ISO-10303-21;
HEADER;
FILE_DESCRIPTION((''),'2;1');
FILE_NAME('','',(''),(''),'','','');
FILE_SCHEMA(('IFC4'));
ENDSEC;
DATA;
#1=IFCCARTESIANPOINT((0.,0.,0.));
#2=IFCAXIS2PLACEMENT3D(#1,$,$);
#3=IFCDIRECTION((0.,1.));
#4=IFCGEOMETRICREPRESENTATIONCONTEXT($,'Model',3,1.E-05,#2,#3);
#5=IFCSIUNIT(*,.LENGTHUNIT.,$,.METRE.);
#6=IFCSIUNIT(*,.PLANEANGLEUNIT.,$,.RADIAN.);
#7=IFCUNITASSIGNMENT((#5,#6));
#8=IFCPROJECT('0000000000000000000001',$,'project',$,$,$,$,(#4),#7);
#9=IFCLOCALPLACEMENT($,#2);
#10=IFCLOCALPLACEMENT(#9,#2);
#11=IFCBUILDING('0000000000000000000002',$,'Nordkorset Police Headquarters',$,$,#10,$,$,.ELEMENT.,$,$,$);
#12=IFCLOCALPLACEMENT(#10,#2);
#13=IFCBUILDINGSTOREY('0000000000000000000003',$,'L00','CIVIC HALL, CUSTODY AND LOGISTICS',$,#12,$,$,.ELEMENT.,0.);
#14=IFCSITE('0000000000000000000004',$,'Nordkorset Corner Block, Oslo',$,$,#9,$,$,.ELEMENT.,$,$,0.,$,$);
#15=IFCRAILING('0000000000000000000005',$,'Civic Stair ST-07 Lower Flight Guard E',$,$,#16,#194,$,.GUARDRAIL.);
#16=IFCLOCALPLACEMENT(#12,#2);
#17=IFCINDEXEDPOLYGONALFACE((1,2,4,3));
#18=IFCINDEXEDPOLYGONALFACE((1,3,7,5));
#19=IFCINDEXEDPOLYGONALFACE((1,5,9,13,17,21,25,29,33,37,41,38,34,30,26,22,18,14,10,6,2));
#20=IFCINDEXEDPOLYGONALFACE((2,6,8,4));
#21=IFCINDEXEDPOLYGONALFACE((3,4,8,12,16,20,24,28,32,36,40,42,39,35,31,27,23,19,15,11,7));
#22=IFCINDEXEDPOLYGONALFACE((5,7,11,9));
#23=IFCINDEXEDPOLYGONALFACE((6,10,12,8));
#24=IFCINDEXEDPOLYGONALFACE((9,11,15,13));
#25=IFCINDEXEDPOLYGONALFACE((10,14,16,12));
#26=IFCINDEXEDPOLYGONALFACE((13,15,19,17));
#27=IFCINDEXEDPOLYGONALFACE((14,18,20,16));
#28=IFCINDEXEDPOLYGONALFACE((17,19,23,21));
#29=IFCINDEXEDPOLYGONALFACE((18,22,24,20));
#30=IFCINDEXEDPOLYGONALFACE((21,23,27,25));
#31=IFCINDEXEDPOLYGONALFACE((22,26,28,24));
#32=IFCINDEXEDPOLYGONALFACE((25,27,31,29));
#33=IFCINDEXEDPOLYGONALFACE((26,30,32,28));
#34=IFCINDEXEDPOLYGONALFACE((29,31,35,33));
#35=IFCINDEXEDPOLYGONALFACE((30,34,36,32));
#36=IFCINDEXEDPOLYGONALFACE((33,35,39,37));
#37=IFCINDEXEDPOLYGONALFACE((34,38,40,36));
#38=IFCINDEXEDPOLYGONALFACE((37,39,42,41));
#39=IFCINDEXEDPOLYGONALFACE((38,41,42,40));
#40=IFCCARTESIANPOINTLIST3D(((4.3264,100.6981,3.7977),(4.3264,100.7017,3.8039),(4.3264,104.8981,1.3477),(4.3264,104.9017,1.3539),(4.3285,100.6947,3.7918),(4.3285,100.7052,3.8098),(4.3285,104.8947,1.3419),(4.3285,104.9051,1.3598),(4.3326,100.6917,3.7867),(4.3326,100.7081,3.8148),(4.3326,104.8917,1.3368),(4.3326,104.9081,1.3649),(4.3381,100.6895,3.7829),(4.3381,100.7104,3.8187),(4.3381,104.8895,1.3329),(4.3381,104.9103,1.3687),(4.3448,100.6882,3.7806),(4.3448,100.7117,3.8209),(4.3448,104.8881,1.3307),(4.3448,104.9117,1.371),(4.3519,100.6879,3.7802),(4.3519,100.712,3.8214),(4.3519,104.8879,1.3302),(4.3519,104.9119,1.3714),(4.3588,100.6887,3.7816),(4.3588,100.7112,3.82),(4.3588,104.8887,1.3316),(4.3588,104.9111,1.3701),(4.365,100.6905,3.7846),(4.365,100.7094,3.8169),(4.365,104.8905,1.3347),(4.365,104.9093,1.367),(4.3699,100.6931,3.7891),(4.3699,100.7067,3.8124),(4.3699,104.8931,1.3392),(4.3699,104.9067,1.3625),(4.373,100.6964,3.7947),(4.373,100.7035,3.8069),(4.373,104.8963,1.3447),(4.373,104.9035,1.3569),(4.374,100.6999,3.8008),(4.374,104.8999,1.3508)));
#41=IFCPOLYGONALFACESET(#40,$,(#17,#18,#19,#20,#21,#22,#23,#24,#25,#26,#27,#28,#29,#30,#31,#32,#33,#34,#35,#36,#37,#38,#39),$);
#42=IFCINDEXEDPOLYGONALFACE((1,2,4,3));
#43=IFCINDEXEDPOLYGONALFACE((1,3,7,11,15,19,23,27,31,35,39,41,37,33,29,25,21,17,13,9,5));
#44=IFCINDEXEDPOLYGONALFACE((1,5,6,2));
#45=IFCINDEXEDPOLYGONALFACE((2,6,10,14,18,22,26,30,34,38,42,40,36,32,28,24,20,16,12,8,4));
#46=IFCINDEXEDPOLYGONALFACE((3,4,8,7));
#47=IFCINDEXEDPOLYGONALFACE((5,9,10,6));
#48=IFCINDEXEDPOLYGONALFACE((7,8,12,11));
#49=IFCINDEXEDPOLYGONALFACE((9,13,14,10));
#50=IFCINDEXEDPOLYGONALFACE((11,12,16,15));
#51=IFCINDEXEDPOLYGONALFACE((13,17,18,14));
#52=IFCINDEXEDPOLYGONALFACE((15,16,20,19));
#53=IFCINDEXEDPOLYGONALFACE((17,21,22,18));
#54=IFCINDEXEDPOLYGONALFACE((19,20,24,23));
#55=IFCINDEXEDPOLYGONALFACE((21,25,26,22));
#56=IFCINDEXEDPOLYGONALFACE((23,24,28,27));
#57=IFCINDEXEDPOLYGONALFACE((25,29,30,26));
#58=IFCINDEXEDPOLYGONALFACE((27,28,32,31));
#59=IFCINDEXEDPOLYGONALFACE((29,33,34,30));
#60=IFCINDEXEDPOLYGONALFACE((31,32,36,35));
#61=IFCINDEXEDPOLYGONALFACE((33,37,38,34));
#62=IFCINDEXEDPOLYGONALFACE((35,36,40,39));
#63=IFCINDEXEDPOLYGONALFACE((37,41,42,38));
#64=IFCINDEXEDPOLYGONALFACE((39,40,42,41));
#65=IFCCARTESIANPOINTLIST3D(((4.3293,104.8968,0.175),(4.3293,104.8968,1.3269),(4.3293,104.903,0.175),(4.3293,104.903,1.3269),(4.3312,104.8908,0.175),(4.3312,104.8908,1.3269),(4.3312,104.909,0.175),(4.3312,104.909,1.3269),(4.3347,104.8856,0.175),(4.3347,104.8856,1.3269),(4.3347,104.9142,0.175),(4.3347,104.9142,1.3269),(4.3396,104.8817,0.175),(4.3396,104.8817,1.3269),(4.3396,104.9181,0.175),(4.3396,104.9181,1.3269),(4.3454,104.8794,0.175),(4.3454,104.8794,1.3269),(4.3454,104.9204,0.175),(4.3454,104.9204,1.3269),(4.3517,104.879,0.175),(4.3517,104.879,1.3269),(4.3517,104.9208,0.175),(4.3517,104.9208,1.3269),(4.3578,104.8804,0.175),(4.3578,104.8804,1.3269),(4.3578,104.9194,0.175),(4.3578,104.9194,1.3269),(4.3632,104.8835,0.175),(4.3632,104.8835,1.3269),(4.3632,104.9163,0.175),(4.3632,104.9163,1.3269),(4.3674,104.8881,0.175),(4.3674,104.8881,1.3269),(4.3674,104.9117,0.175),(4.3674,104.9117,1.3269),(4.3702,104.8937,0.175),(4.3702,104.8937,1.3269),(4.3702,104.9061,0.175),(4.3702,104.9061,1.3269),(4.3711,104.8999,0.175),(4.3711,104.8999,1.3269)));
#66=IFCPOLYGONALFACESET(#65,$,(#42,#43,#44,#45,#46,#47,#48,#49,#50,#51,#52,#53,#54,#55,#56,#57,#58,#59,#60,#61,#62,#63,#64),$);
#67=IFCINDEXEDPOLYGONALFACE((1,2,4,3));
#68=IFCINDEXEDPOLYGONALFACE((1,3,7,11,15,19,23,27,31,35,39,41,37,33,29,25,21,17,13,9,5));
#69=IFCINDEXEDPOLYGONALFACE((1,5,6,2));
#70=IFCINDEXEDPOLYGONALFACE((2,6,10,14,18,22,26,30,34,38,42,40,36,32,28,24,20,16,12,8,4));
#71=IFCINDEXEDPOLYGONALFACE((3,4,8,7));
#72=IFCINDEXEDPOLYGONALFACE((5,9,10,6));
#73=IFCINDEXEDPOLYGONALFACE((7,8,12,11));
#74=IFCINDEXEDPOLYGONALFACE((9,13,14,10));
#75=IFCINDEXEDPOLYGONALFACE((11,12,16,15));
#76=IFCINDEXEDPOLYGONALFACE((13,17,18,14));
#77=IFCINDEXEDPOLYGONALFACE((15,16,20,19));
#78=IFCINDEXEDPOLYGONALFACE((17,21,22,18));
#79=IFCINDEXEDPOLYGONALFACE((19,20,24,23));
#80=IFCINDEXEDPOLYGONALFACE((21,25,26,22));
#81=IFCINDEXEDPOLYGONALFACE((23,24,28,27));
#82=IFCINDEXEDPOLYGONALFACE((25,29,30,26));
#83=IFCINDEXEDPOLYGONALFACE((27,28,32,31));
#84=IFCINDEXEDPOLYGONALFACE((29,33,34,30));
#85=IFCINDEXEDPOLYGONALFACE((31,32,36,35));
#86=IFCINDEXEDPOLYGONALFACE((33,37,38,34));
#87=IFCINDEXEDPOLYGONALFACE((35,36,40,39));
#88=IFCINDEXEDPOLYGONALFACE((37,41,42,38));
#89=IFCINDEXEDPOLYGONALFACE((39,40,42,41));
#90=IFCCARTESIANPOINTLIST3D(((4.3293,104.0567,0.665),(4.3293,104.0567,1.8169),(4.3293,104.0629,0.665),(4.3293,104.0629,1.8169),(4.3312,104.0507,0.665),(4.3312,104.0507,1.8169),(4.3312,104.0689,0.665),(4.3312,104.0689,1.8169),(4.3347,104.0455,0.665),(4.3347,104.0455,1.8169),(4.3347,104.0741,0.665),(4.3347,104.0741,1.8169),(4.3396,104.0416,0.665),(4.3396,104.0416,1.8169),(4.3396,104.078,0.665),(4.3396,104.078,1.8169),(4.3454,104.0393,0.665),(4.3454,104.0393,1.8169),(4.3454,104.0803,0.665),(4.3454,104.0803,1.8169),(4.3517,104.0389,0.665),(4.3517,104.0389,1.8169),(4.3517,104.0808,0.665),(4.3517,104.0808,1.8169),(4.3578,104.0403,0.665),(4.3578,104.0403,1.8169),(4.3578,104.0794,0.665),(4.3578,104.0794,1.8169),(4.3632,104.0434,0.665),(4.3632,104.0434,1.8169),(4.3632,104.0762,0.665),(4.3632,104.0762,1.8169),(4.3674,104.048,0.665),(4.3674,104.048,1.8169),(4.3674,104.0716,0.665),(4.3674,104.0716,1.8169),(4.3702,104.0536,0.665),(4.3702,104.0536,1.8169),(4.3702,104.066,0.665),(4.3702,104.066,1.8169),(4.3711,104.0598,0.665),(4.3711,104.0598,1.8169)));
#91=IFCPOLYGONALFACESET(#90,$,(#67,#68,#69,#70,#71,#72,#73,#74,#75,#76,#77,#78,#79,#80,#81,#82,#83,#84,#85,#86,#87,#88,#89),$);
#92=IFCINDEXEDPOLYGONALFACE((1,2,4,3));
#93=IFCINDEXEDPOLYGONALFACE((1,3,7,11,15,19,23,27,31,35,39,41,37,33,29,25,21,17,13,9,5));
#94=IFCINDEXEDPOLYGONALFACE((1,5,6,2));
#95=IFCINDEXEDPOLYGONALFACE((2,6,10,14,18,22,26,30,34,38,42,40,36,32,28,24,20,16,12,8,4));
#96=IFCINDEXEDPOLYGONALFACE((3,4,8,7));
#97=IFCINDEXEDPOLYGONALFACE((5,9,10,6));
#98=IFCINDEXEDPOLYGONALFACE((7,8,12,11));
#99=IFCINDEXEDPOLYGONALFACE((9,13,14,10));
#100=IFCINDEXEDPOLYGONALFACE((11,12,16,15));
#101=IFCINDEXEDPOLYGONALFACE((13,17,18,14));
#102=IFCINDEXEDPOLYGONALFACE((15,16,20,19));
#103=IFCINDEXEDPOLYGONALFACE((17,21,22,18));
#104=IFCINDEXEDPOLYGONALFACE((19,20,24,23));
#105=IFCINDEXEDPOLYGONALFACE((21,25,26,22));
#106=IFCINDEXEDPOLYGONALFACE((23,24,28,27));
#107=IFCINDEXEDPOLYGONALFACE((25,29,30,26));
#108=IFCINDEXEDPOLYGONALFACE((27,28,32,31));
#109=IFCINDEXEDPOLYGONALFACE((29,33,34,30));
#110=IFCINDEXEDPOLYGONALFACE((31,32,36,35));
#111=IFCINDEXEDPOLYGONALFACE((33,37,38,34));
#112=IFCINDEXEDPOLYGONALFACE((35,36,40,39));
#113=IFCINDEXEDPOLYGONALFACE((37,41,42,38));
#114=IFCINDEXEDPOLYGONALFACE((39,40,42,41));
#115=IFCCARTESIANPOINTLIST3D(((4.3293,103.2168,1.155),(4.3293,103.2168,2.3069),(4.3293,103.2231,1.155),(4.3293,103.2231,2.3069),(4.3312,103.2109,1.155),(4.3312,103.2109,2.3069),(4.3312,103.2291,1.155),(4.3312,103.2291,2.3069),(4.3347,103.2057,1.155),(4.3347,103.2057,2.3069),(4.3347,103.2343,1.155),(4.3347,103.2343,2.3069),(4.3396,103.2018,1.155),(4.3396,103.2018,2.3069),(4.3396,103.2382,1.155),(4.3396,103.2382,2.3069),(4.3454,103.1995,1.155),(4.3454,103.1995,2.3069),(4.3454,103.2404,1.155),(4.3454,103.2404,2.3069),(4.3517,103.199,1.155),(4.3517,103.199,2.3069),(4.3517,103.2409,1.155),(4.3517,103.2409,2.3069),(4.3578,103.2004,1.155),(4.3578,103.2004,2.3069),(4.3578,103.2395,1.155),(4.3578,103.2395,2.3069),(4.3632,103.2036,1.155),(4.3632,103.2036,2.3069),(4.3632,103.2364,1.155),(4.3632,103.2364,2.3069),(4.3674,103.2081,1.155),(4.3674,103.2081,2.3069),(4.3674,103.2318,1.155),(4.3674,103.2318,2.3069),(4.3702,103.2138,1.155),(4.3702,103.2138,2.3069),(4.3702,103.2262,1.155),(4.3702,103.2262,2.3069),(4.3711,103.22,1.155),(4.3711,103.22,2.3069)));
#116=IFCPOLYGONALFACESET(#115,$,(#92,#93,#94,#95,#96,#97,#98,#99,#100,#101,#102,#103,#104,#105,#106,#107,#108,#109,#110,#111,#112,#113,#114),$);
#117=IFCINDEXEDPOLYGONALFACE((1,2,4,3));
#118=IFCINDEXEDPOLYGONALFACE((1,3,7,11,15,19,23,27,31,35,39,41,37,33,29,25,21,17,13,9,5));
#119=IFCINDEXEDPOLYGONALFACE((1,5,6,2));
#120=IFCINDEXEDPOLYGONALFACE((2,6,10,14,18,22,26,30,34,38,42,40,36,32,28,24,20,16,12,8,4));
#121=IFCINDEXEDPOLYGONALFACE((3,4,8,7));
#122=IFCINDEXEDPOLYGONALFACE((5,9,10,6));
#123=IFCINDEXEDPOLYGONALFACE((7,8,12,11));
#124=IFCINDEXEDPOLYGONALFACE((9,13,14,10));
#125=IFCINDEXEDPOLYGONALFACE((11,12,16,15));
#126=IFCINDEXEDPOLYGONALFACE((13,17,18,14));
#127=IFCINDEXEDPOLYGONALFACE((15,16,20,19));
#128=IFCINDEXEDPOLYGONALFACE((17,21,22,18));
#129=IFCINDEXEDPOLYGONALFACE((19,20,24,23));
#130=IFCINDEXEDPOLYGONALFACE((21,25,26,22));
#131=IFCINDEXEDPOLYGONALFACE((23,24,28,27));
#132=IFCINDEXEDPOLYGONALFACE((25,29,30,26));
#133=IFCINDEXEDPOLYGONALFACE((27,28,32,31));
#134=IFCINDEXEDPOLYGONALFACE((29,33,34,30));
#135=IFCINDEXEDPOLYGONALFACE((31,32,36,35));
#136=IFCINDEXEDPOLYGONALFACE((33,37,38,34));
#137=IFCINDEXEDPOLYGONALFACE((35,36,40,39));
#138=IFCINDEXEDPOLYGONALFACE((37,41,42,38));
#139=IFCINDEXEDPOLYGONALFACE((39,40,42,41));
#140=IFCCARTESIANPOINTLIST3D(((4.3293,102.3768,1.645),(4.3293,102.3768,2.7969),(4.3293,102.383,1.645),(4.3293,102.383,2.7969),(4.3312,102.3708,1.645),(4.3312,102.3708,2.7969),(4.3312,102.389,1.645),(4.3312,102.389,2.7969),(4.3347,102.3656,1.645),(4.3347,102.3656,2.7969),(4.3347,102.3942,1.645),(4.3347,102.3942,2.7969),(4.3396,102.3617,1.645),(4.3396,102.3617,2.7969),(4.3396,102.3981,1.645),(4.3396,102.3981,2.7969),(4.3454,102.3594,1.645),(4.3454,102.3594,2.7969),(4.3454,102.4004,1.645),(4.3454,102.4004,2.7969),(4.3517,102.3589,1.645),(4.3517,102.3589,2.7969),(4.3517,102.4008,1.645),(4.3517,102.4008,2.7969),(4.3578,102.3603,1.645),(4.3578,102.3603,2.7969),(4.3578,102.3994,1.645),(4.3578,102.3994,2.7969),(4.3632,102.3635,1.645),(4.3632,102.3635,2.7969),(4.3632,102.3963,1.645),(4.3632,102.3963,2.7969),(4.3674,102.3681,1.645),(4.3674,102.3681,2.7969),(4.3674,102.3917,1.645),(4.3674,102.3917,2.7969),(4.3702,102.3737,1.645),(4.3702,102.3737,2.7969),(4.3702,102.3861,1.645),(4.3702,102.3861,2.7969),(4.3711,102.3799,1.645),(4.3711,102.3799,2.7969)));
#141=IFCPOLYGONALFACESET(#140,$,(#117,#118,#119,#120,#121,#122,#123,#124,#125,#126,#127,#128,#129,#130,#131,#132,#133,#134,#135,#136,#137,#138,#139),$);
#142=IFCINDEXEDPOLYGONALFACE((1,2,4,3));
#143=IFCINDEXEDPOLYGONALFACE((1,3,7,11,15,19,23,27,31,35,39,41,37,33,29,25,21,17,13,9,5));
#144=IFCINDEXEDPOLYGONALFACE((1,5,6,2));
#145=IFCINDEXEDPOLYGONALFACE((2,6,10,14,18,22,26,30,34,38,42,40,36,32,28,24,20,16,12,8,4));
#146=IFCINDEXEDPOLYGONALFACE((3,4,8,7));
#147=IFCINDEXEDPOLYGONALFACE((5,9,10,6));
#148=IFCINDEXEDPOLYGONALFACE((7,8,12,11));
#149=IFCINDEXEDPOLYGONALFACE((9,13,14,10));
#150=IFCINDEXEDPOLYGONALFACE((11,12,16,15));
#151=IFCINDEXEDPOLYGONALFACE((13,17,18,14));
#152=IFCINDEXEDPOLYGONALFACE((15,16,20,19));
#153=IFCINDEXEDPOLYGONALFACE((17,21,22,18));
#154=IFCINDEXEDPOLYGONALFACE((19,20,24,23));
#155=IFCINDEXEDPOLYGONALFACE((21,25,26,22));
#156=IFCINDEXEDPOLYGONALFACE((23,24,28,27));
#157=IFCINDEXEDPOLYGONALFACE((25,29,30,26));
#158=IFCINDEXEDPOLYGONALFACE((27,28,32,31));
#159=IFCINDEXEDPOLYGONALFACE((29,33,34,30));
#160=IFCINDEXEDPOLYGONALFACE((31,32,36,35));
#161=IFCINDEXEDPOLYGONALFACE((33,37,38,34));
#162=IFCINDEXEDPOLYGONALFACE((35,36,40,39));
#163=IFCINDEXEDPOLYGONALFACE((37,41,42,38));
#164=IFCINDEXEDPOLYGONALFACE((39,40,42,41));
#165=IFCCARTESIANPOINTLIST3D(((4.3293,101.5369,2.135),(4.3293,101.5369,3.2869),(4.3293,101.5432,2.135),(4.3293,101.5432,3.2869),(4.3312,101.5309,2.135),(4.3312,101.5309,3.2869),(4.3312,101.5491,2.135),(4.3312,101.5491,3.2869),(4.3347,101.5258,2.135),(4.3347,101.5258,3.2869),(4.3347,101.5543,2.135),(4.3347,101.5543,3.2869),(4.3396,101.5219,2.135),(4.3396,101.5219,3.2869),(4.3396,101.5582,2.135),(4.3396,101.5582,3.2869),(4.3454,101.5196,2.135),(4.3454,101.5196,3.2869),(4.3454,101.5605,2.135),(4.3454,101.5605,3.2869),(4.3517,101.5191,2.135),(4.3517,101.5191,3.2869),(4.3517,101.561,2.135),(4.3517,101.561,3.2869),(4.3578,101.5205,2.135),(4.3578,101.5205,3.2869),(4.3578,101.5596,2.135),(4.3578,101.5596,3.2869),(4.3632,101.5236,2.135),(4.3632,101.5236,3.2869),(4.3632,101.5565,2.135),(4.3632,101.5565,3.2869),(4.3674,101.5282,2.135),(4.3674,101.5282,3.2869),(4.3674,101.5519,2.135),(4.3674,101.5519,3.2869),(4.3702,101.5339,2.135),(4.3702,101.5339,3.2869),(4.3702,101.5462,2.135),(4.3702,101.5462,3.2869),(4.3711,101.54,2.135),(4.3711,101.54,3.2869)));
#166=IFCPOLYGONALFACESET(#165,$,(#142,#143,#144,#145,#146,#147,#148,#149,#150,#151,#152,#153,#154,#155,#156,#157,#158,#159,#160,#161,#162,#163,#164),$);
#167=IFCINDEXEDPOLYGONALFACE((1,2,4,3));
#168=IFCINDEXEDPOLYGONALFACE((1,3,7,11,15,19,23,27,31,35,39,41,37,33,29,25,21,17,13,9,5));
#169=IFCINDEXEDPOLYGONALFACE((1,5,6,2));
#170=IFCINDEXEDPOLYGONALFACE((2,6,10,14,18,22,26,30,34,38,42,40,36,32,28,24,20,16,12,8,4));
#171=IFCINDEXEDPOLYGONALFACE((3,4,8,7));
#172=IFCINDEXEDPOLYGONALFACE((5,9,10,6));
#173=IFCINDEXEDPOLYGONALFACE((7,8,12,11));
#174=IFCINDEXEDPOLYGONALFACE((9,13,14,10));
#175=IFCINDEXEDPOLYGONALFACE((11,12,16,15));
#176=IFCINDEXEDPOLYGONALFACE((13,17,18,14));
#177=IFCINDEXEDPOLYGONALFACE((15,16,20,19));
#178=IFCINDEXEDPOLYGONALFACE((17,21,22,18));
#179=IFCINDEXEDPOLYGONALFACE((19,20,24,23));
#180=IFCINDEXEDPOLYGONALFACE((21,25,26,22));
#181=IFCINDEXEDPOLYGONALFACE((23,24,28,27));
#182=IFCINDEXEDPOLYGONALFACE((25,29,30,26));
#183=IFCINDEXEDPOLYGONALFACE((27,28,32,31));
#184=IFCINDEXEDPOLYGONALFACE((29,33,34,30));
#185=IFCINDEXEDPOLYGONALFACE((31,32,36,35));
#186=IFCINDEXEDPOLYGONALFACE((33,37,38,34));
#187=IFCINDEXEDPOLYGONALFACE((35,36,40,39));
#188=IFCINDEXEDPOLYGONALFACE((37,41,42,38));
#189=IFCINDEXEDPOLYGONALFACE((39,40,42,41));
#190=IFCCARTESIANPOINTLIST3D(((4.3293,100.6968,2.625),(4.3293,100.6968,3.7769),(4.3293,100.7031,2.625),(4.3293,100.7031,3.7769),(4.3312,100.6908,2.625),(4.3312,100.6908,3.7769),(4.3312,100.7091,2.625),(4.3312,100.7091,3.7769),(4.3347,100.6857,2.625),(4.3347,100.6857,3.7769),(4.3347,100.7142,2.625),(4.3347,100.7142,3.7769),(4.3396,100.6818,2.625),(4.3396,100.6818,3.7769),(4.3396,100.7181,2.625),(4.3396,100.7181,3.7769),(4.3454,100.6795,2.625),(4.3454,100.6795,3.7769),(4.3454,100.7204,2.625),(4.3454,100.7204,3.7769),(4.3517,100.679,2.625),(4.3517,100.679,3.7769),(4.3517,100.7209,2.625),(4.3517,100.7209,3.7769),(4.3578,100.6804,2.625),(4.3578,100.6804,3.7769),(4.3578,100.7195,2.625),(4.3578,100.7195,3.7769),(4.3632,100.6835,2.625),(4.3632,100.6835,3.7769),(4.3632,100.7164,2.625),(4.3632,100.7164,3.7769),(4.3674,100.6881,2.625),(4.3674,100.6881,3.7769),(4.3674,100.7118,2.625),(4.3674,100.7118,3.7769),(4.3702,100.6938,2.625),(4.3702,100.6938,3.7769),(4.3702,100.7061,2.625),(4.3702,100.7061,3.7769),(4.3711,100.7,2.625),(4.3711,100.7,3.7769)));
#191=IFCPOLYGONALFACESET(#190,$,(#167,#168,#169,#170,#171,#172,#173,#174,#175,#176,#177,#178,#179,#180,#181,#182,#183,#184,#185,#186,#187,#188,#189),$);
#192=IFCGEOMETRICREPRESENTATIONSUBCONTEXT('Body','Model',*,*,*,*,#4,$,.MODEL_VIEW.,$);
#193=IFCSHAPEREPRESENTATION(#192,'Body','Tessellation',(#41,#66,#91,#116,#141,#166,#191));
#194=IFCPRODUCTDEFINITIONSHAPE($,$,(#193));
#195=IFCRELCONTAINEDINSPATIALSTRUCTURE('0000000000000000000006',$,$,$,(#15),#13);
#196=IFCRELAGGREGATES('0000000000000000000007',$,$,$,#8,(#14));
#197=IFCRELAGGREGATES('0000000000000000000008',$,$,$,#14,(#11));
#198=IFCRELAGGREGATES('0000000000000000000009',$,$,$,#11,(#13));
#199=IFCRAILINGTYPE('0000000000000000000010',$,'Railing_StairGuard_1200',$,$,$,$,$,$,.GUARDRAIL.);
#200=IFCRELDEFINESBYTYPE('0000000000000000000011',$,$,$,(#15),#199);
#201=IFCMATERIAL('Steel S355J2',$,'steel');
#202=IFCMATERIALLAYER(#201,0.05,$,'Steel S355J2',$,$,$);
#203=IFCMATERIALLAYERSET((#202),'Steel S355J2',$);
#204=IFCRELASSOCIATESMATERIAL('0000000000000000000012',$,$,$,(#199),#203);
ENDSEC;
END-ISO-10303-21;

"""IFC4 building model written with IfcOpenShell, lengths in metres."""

from ifc_helpers import new_model, si_unit, direction, frame, origin, origin_2d, place, context, subcontext, project, spatial, circle, extrude, material, layer, layer_set, type_object, element, save


model = new_model("IFC4")

# Units and contexts
model_context = context("Model", 3, precision=1e-05, world=origin(), true_north=direction((0.0, 1.0)))
body_context = subcontext(model_context, "Body", "Model", "MODEL_VIEW")
ifc_project = project(units=[si_unit("LENGTHUNIT", "METRE"), si_unit("PLANEANGLEUNIT", "RADIAN")], contexts=[model_context])

# Site, building, storey
site_placement = place(None, origin())
site = spatial("IfcSite", under=ifc_project, at=site_placement, Name="Nordkorset Corner Block, Oslo", CompositionType="ELEMENT", RefElevation=0.0)
building_placement = place(site_placement, origin())
building = spatial("IfcBuilding", under=site, at=building_placement, Name="Nordkorset Police Headquarters", CompositionType="ELEMENT")
storey_placement = place(building_placement, origin())
storey = spatial("IfcBuildingStorey", under=building, at=storey_placement, Name="L00", Description="CIVIC HALL, CUSTODY AND LOGISTICS", CompositionType="ELEMENT", Elevation=0.0)

# Railing
ifc_material_1 = material(Name="Steel S355J2", Category="steel")
ifc_layer_1 = layer(ifc_material_1, 0.05, Name="Steel S355J2")
ifc_layer_set_1 = layer_set([ifc_layer_1], Name="Steel S355J2")
railing_type = type_object("IfcRailingType", Name="Railing_StairGuard_1200", PredefinedType="GUARDRAIL", material=ifc_layer_set_1)
railing_1_placement = place(storey_placement, frame((4.3501, 104.8999, 0.175)))
element("IfcRailing", 1, at=railing_1_placement, inside=storey, type_object=railing_type, Name="Civic Stair ST-07 Lower Flight Guard E", PredefinedType="GUARDRAIL", context=body_context, shape_type="SweptSolid", body=[
    extrude(circle(Radius=0.0239, at=origin_2d()), frame((0.0, 0.0, 1.1758), z_axis=(0.0, -0.863781, 0.503868), x_axis=(1.0, 0.0, 0.0)), (0.0, 0.0, 1.0), 4.8623),
    extrude(circle(Radius=0.021, at=origin_2d()), origin(), (0.0, 0.0, 1.0), 1.1519),
    extrude(circle(Radius=0.021, at=origin_2d()), frame((0.0, -0.8401, 0.49)), (0.0, 0.0, 1.0), 1.1519),
    extrude(circle(Radius=0.021, at=origin_2d()), frame((0.0, -1.6799, 0.98)), (0.0, 0.0, 1.0), 1.1519),
    extrude(circle(Radius=0.021, at=origin_2d()), frame((0.0, -2.52, 1.47)), (0.0, 0.0, 1.0), 1.1519),
    extrude(circle(Radius=0.021, at=origin_2d()), frame((0.0, -3.3599, 1.96)), (0.0, 0.0, 1.0), 1.1519),
    extrude(circle(Radius=0.021, at=origin_2d()), frame((0.0, -4.2, 2.45)), (0.0, 0.0, 1.0), 1.1519),
])

save(model, "model.ifc")
